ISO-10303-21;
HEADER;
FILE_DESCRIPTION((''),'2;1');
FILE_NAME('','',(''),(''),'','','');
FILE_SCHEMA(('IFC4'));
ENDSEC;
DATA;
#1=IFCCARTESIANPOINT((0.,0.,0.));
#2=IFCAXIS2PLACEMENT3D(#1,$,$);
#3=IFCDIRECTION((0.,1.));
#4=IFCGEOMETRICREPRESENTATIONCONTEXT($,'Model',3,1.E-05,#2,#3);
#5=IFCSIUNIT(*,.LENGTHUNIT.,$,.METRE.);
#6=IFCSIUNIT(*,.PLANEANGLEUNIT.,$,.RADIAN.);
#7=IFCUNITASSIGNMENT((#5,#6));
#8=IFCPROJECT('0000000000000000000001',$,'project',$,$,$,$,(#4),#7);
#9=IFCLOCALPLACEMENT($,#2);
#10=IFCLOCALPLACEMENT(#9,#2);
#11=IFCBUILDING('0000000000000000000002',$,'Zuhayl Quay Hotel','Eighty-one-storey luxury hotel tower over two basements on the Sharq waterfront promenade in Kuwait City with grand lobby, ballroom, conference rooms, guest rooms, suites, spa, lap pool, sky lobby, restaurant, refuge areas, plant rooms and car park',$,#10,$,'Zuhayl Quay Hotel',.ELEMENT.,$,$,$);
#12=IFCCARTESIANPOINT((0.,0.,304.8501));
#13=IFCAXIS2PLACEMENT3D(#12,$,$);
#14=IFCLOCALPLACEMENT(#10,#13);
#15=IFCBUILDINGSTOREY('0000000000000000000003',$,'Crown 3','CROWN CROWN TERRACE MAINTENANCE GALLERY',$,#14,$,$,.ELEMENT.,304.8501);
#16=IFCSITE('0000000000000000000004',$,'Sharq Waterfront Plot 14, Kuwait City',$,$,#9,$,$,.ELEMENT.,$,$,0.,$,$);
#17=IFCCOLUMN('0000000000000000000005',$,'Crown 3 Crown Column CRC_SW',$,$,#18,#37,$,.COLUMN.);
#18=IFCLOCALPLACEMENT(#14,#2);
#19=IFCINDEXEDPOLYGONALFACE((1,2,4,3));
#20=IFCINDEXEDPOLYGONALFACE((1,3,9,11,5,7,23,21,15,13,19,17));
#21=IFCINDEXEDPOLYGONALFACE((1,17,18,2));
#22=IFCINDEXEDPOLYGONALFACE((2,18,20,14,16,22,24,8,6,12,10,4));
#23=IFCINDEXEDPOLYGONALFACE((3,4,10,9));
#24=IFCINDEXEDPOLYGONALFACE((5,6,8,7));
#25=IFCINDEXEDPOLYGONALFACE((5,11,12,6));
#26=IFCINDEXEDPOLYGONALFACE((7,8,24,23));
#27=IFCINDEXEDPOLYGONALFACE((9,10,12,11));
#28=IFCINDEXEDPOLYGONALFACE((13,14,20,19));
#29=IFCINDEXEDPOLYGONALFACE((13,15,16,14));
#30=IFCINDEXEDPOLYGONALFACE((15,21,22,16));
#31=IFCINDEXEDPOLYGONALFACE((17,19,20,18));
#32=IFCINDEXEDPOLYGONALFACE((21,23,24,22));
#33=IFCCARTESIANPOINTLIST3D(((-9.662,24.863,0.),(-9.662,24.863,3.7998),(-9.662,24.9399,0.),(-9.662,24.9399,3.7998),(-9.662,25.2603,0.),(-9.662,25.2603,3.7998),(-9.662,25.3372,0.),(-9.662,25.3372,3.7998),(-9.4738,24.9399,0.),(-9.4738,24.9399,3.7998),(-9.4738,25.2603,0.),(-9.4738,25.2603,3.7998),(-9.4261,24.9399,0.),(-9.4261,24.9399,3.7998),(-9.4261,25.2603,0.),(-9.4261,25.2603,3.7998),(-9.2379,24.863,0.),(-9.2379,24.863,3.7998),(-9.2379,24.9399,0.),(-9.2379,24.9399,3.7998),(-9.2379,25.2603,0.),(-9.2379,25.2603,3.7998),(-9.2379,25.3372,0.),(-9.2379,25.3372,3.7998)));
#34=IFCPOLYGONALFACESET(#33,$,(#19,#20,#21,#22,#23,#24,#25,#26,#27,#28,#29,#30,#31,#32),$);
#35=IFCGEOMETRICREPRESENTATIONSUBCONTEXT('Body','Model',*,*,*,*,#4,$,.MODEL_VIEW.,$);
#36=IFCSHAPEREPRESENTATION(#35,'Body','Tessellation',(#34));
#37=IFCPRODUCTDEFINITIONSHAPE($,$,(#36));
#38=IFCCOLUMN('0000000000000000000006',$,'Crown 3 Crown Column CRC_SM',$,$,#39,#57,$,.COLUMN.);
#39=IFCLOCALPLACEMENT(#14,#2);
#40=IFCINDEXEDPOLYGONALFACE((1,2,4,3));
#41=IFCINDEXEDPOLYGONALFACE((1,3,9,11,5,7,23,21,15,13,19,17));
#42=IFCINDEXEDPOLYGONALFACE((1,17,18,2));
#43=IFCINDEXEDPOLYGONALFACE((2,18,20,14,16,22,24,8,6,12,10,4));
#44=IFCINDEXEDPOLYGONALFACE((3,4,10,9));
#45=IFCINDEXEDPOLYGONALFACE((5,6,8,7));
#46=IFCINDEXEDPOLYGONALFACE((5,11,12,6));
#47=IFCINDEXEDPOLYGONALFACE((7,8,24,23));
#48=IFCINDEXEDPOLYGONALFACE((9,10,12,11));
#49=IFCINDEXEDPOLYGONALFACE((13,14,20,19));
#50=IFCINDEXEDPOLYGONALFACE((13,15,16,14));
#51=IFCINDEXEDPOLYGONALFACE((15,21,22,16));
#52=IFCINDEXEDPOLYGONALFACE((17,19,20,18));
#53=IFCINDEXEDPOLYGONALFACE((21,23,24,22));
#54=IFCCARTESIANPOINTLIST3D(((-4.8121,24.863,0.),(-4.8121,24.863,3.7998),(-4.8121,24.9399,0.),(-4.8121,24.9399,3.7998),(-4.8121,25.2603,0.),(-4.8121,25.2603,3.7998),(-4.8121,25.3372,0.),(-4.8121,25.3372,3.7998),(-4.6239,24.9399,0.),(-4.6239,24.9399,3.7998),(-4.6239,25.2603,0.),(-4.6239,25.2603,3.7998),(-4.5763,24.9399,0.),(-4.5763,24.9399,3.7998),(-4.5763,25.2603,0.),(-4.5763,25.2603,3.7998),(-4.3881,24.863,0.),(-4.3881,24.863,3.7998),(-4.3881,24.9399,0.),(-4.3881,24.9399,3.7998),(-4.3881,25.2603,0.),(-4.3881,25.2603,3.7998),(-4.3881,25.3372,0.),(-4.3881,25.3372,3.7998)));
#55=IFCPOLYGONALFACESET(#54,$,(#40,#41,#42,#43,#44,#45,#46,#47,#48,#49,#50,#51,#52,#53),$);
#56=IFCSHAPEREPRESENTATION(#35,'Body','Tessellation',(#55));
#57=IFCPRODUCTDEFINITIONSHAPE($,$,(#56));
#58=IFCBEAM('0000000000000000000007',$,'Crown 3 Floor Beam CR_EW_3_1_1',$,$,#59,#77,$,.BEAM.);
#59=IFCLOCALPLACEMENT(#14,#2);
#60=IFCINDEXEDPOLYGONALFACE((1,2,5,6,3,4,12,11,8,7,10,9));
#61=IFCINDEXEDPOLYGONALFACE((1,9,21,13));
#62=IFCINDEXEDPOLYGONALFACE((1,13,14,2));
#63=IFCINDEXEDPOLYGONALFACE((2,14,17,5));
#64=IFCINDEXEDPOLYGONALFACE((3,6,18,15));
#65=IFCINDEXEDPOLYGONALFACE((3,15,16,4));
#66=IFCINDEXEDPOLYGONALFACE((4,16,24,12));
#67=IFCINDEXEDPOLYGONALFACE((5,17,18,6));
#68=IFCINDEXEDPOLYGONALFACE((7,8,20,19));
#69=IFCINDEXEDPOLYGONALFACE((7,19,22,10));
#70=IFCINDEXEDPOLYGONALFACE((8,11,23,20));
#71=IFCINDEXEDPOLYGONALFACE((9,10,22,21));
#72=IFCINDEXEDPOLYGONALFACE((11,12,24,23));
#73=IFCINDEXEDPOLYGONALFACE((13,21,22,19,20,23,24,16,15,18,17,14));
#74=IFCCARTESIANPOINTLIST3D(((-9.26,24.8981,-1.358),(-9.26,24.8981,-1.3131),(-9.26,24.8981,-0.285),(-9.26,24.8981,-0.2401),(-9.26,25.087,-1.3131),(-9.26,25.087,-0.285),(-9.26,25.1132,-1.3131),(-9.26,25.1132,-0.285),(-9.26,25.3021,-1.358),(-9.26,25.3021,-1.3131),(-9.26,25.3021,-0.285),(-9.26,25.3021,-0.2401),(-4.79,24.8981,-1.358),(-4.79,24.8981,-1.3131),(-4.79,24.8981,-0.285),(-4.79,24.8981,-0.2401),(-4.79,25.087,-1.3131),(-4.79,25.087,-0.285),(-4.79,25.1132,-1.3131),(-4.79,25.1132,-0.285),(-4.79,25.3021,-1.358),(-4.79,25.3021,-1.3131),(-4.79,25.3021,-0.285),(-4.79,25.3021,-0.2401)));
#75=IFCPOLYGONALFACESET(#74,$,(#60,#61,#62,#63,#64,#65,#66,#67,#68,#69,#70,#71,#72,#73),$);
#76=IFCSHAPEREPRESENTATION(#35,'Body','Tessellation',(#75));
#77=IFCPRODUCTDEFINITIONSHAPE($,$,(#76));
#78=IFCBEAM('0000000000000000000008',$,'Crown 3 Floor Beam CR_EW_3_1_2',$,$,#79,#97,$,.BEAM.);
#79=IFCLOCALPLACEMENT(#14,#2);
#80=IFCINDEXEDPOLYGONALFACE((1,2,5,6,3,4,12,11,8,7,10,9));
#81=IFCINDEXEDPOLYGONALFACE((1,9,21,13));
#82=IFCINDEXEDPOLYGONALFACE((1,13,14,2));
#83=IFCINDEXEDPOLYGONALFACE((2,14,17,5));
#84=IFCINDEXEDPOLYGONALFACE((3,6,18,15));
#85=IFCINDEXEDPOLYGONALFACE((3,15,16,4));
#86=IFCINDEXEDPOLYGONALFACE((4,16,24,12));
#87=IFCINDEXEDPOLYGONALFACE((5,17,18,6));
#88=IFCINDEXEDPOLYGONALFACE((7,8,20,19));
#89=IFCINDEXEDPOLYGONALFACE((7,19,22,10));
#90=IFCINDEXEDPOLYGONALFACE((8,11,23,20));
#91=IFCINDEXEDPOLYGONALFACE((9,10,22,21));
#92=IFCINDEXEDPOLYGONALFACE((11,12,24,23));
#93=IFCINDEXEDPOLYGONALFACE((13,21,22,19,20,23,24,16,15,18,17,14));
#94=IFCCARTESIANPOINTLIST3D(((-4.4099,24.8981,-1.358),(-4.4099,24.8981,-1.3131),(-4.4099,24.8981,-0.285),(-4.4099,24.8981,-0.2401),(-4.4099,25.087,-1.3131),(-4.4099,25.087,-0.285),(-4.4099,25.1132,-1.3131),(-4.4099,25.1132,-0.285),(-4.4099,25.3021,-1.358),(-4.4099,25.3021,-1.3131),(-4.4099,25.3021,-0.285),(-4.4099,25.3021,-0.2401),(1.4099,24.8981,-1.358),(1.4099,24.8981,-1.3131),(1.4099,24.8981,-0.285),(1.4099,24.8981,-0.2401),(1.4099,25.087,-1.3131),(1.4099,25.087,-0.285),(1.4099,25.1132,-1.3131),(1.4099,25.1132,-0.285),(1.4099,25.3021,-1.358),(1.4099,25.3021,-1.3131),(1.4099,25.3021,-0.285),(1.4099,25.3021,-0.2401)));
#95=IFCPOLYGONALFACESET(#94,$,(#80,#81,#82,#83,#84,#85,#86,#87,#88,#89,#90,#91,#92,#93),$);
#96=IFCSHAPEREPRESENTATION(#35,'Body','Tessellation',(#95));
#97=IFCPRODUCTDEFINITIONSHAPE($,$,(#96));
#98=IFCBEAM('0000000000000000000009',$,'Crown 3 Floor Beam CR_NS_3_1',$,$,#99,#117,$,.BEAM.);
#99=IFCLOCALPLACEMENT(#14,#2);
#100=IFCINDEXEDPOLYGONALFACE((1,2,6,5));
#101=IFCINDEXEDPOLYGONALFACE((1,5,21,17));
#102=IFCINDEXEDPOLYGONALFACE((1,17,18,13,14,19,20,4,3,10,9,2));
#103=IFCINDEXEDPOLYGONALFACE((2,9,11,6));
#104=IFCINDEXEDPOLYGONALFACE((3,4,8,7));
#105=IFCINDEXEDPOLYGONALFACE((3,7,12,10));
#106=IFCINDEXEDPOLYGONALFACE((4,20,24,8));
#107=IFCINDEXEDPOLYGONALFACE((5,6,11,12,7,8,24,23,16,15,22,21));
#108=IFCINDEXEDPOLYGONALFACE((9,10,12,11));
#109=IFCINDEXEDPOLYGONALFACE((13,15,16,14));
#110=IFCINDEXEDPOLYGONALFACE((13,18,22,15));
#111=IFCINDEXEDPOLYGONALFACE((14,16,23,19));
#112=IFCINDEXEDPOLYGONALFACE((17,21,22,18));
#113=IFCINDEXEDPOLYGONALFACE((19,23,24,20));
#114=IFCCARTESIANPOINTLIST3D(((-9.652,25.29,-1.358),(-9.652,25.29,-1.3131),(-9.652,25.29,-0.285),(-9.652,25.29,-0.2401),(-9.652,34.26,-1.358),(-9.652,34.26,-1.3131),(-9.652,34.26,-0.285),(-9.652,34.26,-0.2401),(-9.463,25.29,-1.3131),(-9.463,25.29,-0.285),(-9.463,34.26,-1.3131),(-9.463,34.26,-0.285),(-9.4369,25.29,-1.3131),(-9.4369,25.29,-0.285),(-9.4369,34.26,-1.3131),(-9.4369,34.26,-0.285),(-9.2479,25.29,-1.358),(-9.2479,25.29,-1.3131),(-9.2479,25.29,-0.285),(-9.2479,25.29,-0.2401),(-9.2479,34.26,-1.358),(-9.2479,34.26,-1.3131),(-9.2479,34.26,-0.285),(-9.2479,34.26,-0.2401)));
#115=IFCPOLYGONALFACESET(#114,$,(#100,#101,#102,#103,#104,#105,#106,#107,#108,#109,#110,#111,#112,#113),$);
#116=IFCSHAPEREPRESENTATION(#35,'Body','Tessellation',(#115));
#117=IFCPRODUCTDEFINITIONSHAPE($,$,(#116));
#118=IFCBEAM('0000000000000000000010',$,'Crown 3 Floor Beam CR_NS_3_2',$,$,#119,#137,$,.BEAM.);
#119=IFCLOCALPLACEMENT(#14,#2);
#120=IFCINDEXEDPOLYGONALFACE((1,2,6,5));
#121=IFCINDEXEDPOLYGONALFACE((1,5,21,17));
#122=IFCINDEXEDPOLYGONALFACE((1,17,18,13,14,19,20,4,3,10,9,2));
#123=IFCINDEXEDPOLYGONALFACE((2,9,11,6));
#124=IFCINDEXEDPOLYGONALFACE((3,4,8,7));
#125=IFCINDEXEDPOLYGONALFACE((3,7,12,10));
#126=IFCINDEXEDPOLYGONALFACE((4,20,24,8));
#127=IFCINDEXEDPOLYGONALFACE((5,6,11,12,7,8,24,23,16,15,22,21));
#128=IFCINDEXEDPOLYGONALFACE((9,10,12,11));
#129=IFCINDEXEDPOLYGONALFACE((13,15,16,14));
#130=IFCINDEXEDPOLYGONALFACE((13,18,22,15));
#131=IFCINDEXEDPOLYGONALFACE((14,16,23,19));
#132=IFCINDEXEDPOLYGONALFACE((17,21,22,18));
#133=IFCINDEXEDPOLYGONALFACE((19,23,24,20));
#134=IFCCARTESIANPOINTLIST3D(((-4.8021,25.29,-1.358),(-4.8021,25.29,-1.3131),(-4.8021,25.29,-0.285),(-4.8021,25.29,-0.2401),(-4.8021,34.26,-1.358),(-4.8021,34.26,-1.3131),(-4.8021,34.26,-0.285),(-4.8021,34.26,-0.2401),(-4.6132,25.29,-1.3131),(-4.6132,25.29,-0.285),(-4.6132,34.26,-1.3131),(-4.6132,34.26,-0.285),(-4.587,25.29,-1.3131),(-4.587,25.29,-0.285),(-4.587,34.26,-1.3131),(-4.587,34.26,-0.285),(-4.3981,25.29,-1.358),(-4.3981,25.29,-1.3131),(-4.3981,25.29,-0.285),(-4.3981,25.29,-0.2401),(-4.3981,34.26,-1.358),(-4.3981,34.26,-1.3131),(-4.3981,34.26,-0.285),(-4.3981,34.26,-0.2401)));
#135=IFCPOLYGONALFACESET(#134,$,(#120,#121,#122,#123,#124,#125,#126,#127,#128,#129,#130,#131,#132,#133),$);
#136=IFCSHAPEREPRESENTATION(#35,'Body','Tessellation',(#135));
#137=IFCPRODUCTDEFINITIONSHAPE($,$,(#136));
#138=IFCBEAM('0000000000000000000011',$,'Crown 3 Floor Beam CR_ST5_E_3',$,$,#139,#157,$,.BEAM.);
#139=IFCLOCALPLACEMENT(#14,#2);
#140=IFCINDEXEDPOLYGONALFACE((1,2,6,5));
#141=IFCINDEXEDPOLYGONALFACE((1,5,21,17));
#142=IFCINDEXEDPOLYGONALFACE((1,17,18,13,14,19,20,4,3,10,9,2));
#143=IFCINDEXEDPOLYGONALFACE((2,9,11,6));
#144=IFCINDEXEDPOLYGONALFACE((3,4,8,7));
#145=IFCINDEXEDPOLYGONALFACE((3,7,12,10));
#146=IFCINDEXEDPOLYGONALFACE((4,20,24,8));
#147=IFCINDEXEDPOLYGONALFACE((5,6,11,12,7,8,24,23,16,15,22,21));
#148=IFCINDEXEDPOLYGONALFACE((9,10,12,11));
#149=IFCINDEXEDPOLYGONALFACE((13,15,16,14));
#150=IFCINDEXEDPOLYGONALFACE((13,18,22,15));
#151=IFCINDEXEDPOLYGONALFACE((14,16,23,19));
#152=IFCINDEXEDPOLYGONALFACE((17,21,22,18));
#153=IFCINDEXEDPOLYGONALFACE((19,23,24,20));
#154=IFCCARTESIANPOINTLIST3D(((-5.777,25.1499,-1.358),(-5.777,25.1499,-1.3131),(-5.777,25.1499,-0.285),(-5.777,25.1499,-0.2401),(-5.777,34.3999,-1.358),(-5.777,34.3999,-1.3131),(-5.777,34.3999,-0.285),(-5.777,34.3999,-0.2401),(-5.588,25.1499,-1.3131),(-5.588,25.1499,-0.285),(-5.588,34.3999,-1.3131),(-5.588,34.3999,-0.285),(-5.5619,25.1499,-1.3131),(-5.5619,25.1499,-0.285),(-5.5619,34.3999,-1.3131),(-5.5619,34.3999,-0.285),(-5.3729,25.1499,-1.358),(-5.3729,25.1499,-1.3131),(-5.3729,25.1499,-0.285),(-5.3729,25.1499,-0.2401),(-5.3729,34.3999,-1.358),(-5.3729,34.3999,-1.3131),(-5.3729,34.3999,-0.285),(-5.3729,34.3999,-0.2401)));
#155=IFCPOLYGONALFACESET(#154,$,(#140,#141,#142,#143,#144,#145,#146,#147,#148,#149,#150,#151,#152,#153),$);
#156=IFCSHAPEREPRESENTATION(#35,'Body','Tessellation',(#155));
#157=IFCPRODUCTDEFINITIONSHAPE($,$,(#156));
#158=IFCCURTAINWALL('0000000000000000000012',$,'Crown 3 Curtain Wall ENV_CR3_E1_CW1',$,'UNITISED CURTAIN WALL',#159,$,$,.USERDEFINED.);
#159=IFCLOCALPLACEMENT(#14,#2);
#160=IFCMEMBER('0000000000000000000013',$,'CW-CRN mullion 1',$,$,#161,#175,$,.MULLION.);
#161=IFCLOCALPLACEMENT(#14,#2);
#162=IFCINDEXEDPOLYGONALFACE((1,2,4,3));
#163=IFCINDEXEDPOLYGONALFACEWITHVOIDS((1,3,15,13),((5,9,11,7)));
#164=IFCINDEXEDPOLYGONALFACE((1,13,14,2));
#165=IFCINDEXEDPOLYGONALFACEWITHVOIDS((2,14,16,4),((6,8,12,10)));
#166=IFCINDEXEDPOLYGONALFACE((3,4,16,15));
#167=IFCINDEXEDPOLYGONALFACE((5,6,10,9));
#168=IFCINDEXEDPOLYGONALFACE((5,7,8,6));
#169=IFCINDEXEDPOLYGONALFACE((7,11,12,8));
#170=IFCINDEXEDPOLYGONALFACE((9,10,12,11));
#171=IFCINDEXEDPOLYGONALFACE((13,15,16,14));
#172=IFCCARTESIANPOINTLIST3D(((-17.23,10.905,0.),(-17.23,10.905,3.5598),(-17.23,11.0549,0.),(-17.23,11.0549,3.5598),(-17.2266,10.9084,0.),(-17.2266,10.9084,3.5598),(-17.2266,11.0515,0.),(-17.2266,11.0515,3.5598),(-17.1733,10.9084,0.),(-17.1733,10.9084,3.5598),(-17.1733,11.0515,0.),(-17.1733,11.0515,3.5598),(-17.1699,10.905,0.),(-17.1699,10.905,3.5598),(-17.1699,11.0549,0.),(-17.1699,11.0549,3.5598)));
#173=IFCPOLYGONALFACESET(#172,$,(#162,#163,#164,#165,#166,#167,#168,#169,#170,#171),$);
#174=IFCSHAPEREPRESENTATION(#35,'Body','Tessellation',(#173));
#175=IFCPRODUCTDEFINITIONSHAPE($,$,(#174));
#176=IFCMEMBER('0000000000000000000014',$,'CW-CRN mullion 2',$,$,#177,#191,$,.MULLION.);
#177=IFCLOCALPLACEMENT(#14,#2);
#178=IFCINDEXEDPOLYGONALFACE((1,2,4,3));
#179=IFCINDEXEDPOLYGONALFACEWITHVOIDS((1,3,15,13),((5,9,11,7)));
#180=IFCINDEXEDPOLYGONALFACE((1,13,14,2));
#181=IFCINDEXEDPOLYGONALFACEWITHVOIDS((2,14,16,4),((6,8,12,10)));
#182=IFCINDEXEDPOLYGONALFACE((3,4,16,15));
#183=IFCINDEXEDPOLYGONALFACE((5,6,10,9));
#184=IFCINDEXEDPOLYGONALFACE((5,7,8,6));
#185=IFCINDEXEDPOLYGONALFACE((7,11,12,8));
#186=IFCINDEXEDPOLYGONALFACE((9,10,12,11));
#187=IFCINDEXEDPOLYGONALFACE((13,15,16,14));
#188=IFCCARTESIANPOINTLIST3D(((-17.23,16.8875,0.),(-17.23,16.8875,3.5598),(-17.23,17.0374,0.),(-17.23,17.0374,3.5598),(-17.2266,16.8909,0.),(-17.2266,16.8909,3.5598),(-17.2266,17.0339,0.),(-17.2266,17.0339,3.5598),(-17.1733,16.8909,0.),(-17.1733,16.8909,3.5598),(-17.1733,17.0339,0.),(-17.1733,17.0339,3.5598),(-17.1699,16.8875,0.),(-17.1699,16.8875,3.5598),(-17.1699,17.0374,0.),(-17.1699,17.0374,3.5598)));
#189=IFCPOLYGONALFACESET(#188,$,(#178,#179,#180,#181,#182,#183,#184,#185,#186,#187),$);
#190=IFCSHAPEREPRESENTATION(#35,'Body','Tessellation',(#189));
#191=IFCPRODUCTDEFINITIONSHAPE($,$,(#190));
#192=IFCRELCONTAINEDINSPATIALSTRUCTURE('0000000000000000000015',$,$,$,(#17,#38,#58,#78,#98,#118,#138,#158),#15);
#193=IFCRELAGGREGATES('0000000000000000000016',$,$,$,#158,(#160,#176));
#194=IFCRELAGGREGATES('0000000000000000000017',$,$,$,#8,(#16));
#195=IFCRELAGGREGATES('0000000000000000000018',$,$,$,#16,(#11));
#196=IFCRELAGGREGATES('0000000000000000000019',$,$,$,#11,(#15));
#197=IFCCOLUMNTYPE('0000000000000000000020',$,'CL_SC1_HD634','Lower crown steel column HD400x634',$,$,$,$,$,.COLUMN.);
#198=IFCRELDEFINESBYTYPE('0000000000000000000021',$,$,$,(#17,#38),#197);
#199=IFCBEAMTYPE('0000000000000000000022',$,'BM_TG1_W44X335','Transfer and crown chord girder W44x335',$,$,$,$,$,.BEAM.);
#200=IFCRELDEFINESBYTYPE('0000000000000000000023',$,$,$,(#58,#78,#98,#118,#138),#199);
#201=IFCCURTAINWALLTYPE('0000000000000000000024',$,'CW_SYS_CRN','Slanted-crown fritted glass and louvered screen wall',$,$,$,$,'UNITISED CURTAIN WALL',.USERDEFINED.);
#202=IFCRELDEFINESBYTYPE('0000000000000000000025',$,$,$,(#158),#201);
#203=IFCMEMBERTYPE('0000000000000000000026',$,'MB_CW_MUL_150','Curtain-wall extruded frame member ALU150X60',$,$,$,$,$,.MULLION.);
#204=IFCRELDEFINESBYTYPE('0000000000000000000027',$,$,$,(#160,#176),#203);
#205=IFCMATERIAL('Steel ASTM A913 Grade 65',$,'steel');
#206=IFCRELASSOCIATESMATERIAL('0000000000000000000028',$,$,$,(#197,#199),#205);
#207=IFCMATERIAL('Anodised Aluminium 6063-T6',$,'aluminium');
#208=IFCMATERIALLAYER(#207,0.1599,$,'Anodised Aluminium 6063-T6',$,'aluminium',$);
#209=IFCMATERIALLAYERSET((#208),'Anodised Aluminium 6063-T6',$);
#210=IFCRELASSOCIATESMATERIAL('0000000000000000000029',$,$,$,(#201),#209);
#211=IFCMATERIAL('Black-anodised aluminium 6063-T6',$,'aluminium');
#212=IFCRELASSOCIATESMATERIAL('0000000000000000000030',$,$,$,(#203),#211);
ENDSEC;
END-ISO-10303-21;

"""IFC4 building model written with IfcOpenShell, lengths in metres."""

from ifc_helpers import new_model, si_unit, direction, frame, origin, origin_2d, place, context, subcontext, project, spatial, hollow_rectangle, i_section, extrude, material, layer, layer_set, material_profile, profile_set, type_object, element, aggregate, save


model = new_model("IFC4")

# Units and contexts
model_context = context("Model", 3, precision=1e-05, world=origin(), true_north=direction((0.0, 1.0)))
body_context = subcontext(model_context, "Body", "Model", "MODEL_VIEW")
ifc_project = project(units=[si_unit("LENGTHUNIT", "METRE"), si_unit("PLANEANGLEUNIT", "RADIAN")], contexts=[model_context])

# Site, building, storey
site_placement = place(None, origin())
site = spatial("IfcSite", under=ifc_project, at=site_placement, Name="Sharq Waterfront Plot 14, Kuwait City", CompositionType="ELEMENT", RefElevation=0.0)
building_placement = place(site_placement, origin())
building = spatial("IfcBuilding", under=site, at=building_placement, Name="Zuhayl Quay Hotel", Description="Eighty-one-storey luxury hotel tower over two basements on the Sharq waterfront promenade in Kuwait City with grand lobby, ballroom, conference rooms, guest rooms, suites, spa, lap pool, sky lobby, restaurant, refuge areas, plant rooms and car park", LongName="Zuhayl Quay Hotel", CompositionType="ELEMENT")
storey_placement = place(building_placement, frame((0.0, 0.0, 304.8501)))
storey = spatial("IfcBuildingStorey", under=building, at=storey_placement, Name="Crown 3", Description="CROWN CROWN TERRACE MAINTENANCE GALLERY", CompositionType="ELEMENT", Elevation=304.8501)

# Columns
ifc_material_1 = material(Name="Steel ASTM A913 Grade 65", Category="steel")
ifc_material_profile_1 = material_profile(ifc_material_1, i_section(OverallWidth=0.4241, OverallDepth=0.4741, WebThickness=0.0476, FlangeThickness=0.0769, at=origin_2d()), Name="HD400X634")
ifc_profile_set_1 = profile_set([ifc_material_profile_1], Name="Steel ASTM A913 Grade 65")
column_type = type_object("IfcColumnType", Name="CL_SC1_HD634", Description="Lower crown steel column HD400x634", PredefinedType="COLUMN", material=ifc_profile_set_1)
for number, where, z_axis, x_axis, name in (
    (1, (-9.45, 25.1001, 0.0), (0.0, 0.0, 1.0), (1.0, 0.0, 0.0), "Crown 3 Crown Column CRC_SW"),
    (2, (-4.6001, 25.1001, 0.0), (0.0, 0.0, 1.0), (1.0, 0.0, 0.0), "Crown 3 Crown Column CRC_SM"),
):
    element("IfcColumn", number, at=place(storey_placement, frame(where, z_axis=z_axis, x_axis=x_axis)), inside=storey, type_object=column_type, Name=name, PredefinedType="COLUMN", context=body_context, shape_type="SweptSolid", body=[
        extrude(i_section(OverallWidth=0.4241, OverallDepth=0.4741, WebThickness=0.0476, FlangeThickness=0.0769, at=origin_2d()), origin(), (0.0, 0.0, 1.0), 3.7998),
    ])

# Beams
ifc_material_profile_2 = material_profile(ifc_material_1, i_section(OverallWidth=0.4041, OverallDepth=1.1179, WebThickness=0.0261, FlangeThickness=0.0449, at=origin_2d()), Name="W44X335")
ifc_profile_set_2 = profile_set([ifc_material_profile_2], Name="Steel ASTM A913 Grade 65")
beam_type = type_object("IfcBeamType", Name="BM_TG1_W44X335", Description="Transfer and crown chord girder W44x335", PredefinedType="BEAM", material=ifc_profile_set_2)
beam_1_placement = place(storey_placement, frame((-9.26, 25.1001, -0.7991), z_axis=(1.0, 0.0, 0.0), x_axis=(0.0, 1.0, 0.0)))
element("IfcBeam", 3, at=beam_1_placement, inside=storey, type_object=beam_type, Name="Crown 3 Floor Beam CR_EW_3_1_1", PredefinedType="BEAM", context=body_context, shape_type="SweptSolid", body=[
    extrude(i_section(OverallWidth=0.4041, OverallDepth=1.1179, WebThickness=0.0261, FlangeThickness=0.0449, at=origin_2d()), origin(), (0.0, 0.0, 1.0), 4.47),
])
beam_2_placement = place(storey_placement, frame((-4.4099, 25.1001, -0.7991), z_axis=(1.0, 0.0, 0.0), x_axis=(0.0, 1.0, 0.0)))
element("IfcBeam", 4, at=beam_2_placement, inside=storey, type_object=beam_type, Name="Crown 3 Floor Beam CR_EW_3_1_2", PredefinedType="BEAM", context=body_context, shape_type="SweptSolid", body=[
    extrude(i_section(OverallWidth=0.4041, OverallDepth=1.1179, WebThickness=0.0261, FlangeThickness=0.0449, at=origin_2d()), origin(), (0.0, 0.0, 1.0), 5.8198),
])
for number, where, z_axis, x_axis, name in (
    (5, (-9.45, 25.29, -0.7991), (0.0, 1.0, 0.0), (-1.0, 0.0, 0.0), "Crown 3 Floor Beam CR_NS_3_1"),
    (6, (-4.6001, 25.29, -0.7991), (0.0, 1.0, 0.0), (-1.0, 0.0, 0.0), "Crown 3 Floor Beam CR_NS_3_2"),
):
    element("IfcBeam", number, at=place(storey_placement, frame(where, z_axis=z_axis, x_axis=x_axis)), inside=storey, type_object=beam_type, Name=name, PredefinedType="BEAM", context=body_context, shape_type="SweptSolid", body=[
        extrude(i_section(OverallWidth=0.4041, OverallDepth=1.1179, WebThickness=0.0261, FlangeThickness=0.0449, at=origin_2d()), origin(), (0.0, 0.0, 1.0), 8.97),
    ])
beam_3_placement = place(storey_placement, frame((-5.575, 25.1499, -0.7991), z_axis=(0.0, 1.0, 0.0), x_axis=(-1.0, 0.0, 0.0)))
element("IfcBeam", 7, at=beam_3_placement, inside=storey, type_object=beam_type, Name="Crown 3 Floor Beam CR_ST5_E_3", PredefinedType="BEAM", context=body_context, shape_type="SweptSolid", body=[
    extrude(i_section(OverallWidth=0.4041, OverallDepth=1.1179, WebThickness=0.0261, FlangeThickness=0.0449, at=origin_2d()), origin(), (0.0, 0.0, 1.0), 9.25),
])

# Curtain wall, members
ifc_material_2 = material(Name="Anodised Aluminium 6063-T6", Category="aluminium")
ifc_layer_1 = layer(ifc_material_2, 0.1599, Name="Anodised Aluminium 6063-T6", Category="aluminium")
ifc_layer_set_1 = layer_set([ifc_layer_1], Name="Anodised Aluminium 6063-T6")
curtain_wall_type = type_object("IfcCurtainWallType", Name="CW_SYS_CRN", Description="Slanted-crown fritted glass and louvered screen wall", ElementType="UNITISED CURTAIN WALL", PredefinedType="USERDEFINED", material=ifc_layer_set_1)
curtain_wall_1_placement = place(storey_placement, origin())
curtain_wall_1 = element("IfcCurtainWall", 8, at=curtain_wall_1_placement, inside=storey, type_object=curtain_wall_type, Name="Crown 3 Curtain Wall ENV_CR3_E1_CW1", ObjectType="UNITISED CURTAIN WALL", PredefinedType="USERDEFINED")
ifc_material_3 = material(Name="Black-anodised aluminium 6063-T6", Category="aluminium")
ifc_material_profile_3 = material_profile(ifc_material_3, hollow_rectangle(XDim=0.0601, YDim=0.1499, WallThickness=0.0034, at=origin_2d()), Name="ALU150X60")
ifc_profile_set_3 = profile_set([ifc_material_profile_3], Name="Black-anodised aluminium 6063-T6")
member_type_1 = type_object("IfcMemberType", Name="MB_CW_MUL_150", Description="Curtain-wall extruded frame member ALU150X60", PredefinedType="MULLION", material=ifc_profile_set_3)
member_1_placement = place(storey_placement, frame((-17.2, 10.98, 0.0), z_axis=(0.0, 0.0, 1.0), x_axis=(-1.0, 0.0, 0.0)))
member_1 = element("IfcMember", 9, at=member_1_placement, type_object=member_type_1, Name="CW-CRN mullion 1", PredefinedType="MULLION", context=body_context, shape_type="SweptSolid", body=[
    extrude(hollow_rectangle(XDim=0.0601, YDim=0.1499, WallThickness=0.0034, at=origin_2d()), origin(), (0.0, 0.0, 1.0), 3.5598),
])
member_2_placement = place(storey_placement, frame((-17.2, 16.9624, 0.0), z_axis=(0.0, 0.0, 1.0), x_axis=(-1.0, 0.0, 0.0)))
member_2 = element("IfcMember", 10, at=member_2_placement, type_object=member_type_1, Name="CW-CRN mullion 2", PredefinedType="MULLION", context=body_context, shape_type="SweptSolid", body=[
    extrude(hollow_rectangle(XDim=0.0601, YDim=0.1499, WallThickness=0.0034, at=origin_2d()), origin(), (0.0, 0.0, 1.0), 3.5598),
])

aggregate(curtain_wall_1, [member_1, member_2])

save(model, "model.ifc")
